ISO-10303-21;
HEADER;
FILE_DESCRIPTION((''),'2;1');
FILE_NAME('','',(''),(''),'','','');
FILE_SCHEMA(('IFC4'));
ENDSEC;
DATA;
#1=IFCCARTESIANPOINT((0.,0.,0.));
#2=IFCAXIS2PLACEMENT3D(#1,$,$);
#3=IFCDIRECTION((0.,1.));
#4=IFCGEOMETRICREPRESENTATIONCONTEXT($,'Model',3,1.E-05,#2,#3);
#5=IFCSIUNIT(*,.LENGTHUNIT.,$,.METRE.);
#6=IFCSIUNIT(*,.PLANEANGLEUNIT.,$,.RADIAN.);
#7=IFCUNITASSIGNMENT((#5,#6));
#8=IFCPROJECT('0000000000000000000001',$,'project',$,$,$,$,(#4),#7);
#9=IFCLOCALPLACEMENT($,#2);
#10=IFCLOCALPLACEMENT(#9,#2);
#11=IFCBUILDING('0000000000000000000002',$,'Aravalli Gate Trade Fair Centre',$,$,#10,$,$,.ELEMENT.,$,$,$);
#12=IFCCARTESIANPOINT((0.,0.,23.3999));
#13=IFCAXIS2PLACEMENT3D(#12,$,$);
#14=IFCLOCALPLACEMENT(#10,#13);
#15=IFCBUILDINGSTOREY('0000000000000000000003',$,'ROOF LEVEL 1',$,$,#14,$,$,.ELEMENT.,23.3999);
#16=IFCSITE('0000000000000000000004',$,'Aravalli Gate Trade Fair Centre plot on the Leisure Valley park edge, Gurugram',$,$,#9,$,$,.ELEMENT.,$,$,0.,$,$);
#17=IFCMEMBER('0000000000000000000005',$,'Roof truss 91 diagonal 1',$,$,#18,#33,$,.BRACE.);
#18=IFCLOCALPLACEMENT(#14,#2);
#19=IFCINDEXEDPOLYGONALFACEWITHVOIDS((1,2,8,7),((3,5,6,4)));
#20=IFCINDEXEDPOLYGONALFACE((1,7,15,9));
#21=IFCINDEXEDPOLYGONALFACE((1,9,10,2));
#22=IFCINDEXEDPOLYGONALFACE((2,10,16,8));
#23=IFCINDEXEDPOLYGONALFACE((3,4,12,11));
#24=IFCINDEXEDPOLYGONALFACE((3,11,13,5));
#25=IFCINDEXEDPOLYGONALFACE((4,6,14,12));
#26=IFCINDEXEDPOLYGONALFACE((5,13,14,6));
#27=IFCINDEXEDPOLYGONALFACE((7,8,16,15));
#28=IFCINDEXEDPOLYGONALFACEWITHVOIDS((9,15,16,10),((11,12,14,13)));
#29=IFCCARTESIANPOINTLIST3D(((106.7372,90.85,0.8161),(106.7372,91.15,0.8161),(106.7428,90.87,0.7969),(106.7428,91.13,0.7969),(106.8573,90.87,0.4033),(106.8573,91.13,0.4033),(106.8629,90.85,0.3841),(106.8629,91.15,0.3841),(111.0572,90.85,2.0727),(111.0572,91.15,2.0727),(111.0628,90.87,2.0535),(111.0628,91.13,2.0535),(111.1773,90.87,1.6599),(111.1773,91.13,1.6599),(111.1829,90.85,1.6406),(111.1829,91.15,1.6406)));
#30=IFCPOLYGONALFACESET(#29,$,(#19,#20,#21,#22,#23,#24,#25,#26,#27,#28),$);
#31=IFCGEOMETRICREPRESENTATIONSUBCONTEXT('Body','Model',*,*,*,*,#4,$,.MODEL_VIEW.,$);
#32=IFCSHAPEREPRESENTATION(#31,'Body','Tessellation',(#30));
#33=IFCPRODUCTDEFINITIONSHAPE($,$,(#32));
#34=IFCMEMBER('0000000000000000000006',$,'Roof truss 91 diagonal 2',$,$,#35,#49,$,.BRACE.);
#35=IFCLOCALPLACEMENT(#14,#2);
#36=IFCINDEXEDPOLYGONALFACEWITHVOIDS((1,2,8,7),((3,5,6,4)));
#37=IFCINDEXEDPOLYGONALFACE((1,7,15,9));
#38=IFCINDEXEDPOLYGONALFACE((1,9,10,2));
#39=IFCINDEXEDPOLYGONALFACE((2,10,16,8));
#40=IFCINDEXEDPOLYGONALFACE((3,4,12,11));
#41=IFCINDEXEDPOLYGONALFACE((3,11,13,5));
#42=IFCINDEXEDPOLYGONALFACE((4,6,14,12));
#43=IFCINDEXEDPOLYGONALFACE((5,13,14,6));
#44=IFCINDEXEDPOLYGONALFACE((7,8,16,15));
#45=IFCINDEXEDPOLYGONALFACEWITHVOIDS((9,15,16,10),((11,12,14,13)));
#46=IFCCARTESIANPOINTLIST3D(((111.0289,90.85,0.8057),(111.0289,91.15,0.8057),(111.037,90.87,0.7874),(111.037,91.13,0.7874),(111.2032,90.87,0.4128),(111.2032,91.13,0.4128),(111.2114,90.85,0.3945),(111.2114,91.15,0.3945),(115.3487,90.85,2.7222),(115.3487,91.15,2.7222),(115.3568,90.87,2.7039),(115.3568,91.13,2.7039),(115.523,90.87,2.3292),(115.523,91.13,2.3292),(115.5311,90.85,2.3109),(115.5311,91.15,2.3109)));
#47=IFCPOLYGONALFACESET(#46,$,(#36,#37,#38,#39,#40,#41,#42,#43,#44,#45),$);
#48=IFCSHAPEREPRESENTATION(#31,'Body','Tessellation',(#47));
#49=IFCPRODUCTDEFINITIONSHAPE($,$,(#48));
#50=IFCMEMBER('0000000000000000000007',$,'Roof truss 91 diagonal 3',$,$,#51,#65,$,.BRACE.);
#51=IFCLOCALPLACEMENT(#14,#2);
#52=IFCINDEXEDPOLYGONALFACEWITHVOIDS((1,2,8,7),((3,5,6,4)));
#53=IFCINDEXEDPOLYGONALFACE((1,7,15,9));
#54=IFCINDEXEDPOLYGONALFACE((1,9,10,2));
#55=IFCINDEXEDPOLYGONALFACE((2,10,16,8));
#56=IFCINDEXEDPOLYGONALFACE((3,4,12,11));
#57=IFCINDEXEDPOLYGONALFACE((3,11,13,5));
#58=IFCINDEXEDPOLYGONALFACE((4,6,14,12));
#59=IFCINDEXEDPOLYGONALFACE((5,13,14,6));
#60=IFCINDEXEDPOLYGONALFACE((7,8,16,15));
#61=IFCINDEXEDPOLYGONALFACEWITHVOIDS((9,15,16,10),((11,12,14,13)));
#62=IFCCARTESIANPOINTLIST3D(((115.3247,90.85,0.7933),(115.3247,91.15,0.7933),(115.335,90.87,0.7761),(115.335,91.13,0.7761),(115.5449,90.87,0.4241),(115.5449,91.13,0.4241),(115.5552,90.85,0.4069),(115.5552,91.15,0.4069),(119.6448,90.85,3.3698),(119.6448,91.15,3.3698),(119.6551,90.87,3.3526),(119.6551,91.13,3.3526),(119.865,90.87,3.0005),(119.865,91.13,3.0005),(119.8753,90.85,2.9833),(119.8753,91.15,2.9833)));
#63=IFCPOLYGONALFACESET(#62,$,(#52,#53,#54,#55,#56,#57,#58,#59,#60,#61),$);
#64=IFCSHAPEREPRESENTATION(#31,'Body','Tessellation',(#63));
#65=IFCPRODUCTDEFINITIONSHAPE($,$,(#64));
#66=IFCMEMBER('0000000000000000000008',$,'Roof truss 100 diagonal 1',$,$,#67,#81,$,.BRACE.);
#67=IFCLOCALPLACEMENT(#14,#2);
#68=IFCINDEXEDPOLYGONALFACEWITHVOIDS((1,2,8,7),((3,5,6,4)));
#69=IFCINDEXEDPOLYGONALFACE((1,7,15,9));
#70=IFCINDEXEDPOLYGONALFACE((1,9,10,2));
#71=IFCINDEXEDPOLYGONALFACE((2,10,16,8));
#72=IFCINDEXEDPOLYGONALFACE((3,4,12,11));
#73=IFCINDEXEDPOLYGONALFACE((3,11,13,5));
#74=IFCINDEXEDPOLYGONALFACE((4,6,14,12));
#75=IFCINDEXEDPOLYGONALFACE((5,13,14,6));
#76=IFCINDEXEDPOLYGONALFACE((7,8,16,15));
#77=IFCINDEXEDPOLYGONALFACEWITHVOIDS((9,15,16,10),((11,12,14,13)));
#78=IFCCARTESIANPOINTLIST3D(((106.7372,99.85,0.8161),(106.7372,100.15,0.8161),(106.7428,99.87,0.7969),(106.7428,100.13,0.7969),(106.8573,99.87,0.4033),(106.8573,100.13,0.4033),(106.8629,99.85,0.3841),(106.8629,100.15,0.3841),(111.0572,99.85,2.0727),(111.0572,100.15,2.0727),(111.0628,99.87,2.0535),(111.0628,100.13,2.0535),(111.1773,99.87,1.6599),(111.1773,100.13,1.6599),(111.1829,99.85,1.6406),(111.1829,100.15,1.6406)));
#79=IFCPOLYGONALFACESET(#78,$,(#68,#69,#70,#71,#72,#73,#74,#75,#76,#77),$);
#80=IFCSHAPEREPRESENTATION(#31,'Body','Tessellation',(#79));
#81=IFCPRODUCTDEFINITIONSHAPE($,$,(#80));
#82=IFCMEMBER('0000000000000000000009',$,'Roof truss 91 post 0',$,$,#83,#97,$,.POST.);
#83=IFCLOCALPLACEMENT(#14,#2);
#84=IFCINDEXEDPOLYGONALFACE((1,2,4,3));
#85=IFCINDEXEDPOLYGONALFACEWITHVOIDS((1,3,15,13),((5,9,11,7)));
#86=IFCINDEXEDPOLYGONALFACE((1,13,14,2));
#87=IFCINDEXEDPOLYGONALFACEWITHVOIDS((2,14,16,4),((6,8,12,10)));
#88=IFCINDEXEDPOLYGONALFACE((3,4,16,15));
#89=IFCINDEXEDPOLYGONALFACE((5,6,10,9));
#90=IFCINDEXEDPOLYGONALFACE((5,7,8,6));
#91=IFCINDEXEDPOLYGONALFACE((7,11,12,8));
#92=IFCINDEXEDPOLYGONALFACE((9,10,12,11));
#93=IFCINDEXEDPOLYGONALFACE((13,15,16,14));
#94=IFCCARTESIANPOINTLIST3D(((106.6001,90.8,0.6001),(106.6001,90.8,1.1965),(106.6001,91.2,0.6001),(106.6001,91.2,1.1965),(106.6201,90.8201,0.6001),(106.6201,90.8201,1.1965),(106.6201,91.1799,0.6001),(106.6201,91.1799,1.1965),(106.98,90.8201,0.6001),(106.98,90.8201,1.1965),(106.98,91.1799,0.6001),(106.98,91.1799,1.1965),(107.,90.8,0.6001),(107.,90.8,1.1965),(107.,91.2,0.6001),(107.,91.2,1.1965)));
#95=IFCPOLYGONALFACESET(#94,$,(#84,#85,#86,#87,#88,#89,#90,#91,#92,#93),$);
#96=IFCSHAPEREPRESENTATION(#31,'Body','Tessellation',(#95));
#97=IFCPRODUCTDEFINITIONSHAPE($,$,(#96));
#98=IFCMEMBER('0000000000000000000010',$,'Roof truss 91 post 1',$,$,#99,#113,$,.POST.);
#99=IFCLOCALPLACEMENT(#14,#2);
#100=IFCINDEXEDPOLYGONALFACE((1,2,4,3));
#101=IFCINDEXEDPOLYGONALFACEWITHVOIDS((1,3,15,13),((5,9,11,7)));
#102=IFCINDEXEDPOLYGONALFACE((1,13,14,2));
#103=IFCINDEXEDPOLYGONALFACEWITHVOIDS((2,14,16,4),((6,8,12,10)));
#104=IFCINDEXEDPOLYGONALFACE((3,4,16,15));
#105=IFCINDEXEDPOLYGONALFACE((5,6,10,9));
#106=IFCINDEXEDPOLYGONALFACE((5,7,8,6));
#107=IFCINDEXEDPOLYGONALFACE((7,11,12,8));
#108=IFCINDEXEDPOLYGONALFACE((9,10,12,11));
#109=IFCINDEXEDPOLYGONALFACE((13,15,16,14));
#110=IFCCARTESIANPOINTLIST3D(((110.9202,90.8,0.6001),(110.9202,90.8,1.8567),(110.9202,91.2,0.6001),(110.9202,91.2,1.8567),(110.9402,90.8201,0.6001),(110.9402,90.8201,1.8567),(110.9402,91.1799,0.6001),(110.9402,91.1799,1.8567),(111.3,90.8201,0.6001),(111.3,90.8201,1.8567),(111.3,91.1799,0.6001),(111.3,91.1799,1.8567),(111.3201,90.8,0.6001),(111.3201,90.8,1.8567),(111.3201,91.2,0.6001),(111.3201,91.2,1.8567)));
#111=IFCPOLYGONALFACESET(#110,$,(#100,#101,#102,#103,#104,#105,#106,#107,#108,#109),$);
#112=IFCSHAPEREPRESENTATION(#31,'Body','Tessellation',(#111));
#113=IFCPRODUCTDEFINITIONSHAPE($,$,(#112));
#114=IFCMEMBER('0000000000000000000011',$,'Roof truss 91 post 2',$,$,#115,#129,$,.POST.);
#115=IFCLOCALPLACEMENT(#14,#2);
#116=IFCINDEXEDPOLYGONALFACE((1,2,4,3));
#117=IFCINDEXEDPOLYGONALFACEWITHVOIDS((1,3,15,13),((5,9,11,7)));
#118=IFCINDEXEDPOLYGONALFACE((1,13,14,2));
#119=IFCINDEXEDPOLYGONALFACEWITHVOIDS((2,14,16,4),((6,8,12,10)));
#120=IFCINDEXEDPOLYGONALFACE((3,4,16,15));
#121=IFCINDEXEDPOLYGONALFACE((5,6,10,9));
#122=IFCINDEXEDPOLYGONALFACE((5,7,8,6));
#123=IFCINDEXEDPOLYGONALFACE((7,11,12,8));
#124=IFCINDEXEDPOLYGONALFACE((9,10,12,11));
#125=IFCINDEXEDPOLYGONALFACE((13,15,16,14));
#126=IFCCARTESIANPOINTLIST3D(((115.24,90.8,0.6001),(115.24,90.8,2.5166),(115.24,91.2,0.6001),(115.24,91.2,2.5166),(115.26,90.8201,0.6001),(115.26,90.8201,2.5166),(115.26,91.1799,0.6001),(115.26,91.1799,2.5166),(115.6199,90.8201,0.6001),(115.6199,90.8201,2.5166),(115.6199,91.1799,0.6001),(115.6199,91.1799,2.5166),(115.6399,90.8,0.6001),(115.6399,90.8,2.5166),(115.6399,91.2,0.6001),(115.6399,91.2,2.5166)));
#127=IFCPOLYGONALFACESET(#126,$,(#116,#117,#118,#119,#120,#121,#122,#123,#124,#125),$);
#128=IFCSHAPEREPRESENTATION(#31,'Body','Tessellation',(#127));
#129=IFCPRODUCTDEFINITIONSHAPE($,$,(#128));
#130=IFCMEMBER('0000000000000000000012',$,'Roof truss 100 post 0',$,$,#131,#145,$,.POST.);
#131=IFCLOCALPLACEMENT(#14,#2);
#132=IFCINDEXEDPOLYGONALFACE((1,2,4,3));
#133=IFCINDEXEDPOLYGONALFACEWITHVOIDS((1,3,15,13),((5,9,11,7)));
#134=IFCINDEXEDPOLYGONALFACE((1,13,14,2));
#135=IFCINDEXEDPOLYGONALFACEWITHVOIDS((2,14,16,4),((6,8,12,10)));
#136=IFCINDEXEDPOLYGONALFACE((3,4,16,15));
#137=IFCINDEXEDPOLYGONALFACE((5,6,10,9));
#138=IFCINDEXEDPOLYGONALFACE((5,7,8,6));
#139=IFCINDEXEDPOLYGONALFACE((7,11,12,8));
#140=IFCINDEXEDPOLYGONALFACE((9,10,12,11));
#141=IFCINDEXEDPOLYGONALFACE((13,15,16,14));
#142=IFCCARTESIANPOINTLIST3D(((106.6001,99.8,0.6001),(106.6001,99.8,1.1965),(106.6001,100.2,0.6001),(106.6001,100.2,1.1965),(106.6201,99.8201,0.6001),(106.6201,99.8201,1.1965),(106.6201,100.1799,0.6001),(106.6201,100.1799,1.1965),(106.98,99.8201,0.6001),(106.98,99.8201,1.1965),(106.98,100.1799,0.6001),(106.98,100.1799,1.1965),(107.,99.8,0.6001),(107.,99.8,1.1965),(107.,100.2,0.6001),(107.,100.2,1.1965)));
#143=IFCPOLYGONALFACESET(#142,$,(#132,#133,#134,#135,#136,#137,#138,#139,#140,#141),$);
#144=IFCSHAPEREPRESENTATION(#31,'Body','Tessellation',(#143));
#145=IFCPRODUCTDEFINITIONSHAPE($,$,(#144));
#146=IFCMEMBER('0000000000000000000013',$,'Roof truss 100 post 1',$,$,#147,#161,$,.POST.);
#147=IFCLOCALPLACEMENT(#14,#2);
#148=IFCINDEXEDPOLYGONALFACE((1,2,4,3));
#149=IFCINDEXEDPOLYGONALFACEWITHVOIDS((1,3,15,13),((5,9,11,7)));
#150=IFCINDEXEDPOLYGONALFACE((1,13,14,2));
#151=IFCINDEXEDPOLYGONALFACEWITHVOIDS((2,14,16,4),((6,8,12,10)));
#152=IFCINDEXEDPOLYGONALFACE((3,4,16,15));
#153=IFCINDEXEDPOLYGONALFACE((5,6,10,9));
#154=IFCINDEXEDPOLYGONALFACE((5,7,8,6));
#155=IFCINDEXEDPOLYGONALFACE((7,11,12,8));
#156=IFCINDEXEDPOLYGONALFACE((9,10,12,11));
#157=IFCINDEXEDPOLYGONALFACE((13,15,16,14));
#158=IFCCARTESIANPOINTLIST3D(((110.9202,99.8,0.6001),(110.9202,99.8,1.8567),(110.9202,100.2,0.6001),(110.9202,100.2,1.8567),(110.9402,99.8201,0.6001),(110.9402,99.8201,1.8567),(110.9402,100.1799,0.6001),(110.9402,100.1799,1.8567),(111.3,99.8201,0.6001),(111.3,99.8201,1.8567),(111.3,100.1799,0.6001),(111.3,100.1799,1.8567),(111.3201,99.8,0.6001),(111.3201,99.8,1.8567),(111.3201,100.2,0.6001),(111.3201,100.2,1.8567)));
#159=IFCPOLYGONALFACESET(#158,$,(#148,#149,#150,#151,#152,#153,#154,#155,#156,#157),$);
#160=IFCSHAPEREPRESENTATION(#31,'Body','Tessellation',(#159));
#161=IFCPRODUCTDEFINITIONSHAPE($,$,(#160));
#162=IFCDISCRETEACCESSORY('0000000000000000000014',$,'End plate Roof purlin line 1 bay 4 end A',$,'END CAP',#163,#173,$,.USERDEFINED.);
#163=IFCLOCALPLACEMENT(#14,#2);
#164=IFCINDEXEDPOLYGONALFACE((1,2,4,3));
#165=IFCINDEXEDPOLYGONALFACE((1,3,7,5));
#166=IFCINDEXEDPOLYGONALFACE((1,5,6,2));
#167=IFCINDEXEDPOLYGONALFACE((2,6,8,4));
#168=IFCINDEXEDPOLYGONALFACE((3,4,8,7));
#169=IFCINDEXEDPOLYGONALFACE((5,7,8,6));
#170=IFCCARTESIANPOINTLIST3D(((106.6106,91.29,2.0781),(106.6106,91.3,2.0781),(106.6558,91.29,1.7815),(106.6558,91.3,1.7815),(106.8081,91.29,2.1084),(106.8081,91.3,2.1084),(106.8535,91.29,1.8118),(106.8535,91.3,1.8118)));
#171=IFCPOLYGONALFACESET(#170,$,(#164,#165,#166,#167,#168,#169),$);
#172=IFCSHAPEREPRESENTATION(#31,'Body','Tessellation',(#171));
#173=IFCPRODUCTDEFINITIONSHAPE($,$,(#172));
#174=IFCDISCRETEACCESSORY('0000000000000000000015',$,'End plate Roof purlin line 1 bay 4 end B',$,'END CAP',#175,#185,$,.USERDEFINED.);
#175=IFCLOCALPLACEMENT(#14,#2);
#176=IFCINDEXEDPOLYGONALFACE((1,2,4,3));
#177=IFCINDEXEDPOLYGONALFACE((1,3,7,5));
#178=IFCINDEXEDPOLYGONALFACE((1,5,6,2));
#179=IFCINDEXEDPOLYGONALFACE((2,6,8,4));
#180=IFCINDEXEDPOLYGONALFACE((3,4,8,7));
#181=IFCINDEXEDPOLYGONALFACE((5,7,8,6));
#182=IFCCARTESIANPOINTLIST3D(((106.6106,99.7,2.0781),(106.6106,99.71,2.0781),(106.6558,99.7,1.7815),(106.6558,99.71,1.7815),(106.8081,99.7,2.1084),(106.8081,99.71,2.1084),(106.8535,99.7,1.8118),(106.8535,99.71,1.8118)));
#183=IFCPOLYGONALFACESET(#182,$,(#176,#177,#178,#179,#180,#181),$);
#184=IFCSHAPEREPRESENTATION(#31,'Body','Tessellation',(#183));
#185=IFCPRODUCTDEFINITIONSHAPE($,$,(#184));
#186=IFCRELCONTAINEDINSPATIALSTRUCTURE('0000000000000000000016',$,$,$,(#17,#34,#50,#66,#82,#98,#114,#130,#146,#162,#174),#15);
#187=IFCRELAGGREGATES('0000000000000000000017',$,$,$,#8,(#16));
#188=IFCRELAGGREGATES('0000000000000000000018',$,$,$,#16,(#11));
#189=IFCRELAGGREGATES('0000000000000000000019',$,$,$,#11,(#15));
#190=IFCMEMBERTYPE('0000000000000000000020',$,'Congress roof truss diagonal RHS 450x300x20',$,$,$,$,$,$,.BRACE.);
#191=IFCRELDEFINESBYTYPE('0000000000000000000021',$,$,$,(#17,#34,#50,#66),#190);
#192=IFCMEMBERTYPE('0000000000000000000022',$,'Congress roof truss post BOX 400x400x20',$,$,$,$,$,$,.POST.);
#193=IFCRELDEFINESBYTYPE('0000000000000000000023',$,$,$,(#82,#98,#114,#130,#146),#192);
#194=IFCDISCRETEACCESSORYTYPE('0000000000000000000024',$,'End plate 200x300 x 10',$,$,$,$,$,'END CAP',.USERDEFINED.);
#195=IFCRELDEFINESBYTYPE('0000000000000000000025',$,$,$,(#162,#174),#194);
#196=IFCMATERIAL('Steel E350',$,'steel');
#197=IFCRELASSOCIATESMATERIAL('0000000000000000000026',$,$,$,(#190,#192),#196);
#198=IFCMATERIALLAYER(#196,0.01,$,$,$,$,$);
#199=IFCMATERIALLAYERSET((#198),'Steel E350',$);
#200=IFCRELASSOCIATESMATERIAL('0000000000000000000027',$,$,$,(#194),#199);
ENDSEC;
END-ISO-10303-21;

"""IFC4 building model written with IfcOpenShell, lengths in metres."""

from ifc_helpers import new_model, si_unit, direction, frame, origin, origin_2d, place, context, subcontext, project, spatial, polyline, hollow_rectangle, outline, extrude, material, layer, layer_set, material_profile, profile_set, type_object, element, save


model = new_model("IFC4")

# Units and contexts
model_context = context("Model", 3, precision=1e-05, world=origin(), true_north=direction((0.0, 1.0)))
body_context = subcontext(model_context, "Body", "Model", "MODEL_VIEW")
ifc_project = project(units=[si_unit("LENGTHUNIT", "METRE"), si_unit("PLANEANGLEUNIT", "RADIAN")], contexts=[model_context])

# Site, building, storey
site_placement = place(None, origin())
site = spatial("IfcSite", under=ifc_project, at=site_placement, Name="Aravalli Gate Trade Fair Centre plot on the Leisure Valley park edge, Gurugram", CompositionType="ELEMENT", RefElevation=0.0)
building_placement = place(site_placement, origin())
building = spatial("IfcBuilding", under=site, at=building_placement, Name="Aravalli Gate Trade Fair Centre", CompositionType="ELEMENT")
storey_placement = place(building_placement, frame((0.0, 0.0, 23.3999)))
storey = spatial("IfcBuildingStorey", under=building, at=storey_placement, Name="ROOF LEVEL 1", CompositionType="ELEMENT", Elevation=23.3999)

# Members
ifc_material = material(Name="Steel E350", Category="steel")
ifc_material_profile_1 = material_profile(ifc_material, hollow_rectangle(XDim=0.3, YDim=0.45, WallThickness=0.02, at=origin_2d()), Name="RHS 450x300x20")
ifc_profile_set_1 = profile_set([ifc_material_profile_1], Name="Steel E350")
member_type_1 = type_object("IfcMemberType", Name="Congress roof truss diagonal RHS 450x300x20", PredefinedType="BRACE", material=ifc_profile_set_1)
member_1_placement = place(storey_placement, frame((106.8, 91.0, 0.6001), z_axis=(0.960205, 0.0, 0.279298), x_axis=(0.0, 1.0, 0.0)))
element("IfcMember", 1, at=member_1_placement, inside=storey, type_object=member_type_1, Name="Roof truss 91 diagonal 1", PredefinedType="BRACE", context=body_context, shape_type="SweptSolid", body=[
    extrude(hollow_rectangle(XDim=0.3, YDim=0.45, WallThickness=0.02, at=origin_2d()), origin(), (0.0, 0.0, 1.0), 4.499),
])
member_2_placement = place(storey_placement, frame((111.1201, 91.0, 0.6001), z_axis=(0.91408, 0.0, 0.405534), x_axis=(0.0, 1.0, 0.0)))
element("IfcMember", 2, at=member_2_placement, inside=storey, type_object=member_type_1, Name="Roof truss 91 diagonal 2", PredefinedType="BRACE", context=body_context, shape_type="SweptSolid", body=[
    extrude(hollow_rectangle(XDim=0.3, YDim=0.45, WallThickness=0.02, at=origin_2d()), origin(), (0.0, 0.0, 1.0), 4.7258),
])
member_3_placement = place(storey_placement, frame((115.4399, 91.0, 0.6001), z_axis=(0.85886, 0.0, 0.51221), x_axis=(0.0, 1.0, 0.0)))
element("IfcMember", 3, at=member_3_placement, inside=storey, type_object=member_type_1, Name="Roof truss 91 diagonal 3", PredefinedType="BRACE", context=body_context, shape_type="SweptSolid", body=[
    extrude(hollow_rectangle(XDim=0.3, YDim=0.45, WallThickness=0.02, at=origin_2d()), origin(), (0.0, 0.0, 1.0), 5.03),
])
member_4_placement = place(storey_placement, frame((106.8, 100.0, 0.6001), z_axis=(0.960205, 0.0, 0.279298), x_axis=(0.0, 1.0, 0.0)))
element("IfcMember", 4, at=member_4_placement, inside=storey, type_object=member_type_1, Name="Roof truss 100 diagonal 1", PredefinedType="BRACE", context=body_context, shape_type="SweptSolid", body=[
    extrude(hollow_rectangle(XDim=0.3, YDim=0.45, WallThickness=0.02, at=origin_2d()), origin(), (0.0, 0.0, 1.0), 4.499),
])
ifc_material_profile_2 = material_profile(ifc_material, hollow_rectangle(XDim=0.3999, YDim=0.3999, WallThickness=0.02, at=origin_2d()), Name="BOX 400x400x20")
ifc_profile_set_2 = profile_set([ifc_material_profile_2], Name="Steel E350")
member_type_2 = type_object("IfcMemberType", Name="Congress roof truss post BOX 400x400x20", PredefinedType="POST", material=ifc_profile_set_2)
member_5_placement = place(storey_placement, frame((106.8, 91.0, 0.6001), z_axis=(0.0, 0.0, 1.0), x_axis=(1.0, 0.0, 0.0)))
element("IfcMember", 5, at=member_5_placement, inside=storey, type_object=member_type_2, Name="Roof truss 91 post 0", PredefinedType="POST", context=body_context, shape_type="SweptSolid", body=[
    extrude(hollow_rectangle(XDim=0.3999, YDim=0.3999, WallThickness=0.02, at=origin_2d()), origin(), (0.0, 0.0, 1.0), 0.5964),
])
member_6_placement = place(storey_placement, frame((111.1201, 91.0, 0.6001), z_axis=(0.0, 0.0, 1.0), x_axis=(1.0, 0.0, 0.0)))
element("IfcMember", 6, at=member_6_placement, inside=storey, type_object=member_type_2, Name="Roof truss 91 post 1", PredefinedType="POST", context=body_context, shape_type="SweptSolid", body=[
    extrude(hollow_rectangle(XDim=0.3999, YDim=0.3999, WallThickness=0.02, at=origin_2d()), origin(), (0.0, 0.0, 1.0), 1.2566),
])
member_7_placement = place(storey_placement, frame((115.4399, 91.0, 0.6001), z_axis=(0.0, 0.0, 1.0), x_axis=(1.0, 0.0, 0.0)))
element("IfcMember", 7, at=member_7_placement, inside=storey, type_object=member_type_2, Name="Roof truss 91 post 2", PredefinedType="POST", context=body_context, shape_type="SweptSolid", body=[
    extrude(hollow_rectangle(XDim=0.3999, YDim=0.3999, WallThickness=0.02, at=origin_2d()), origin(), (0.0, 0.0, 1.0), 1.9165),
])
member_8_placement = place(storey_placement, frame((106.8, 100.0, 0.6001), z_axis=(0.0, 0.0, 1.0), x_axis=(1.0, 0.0, 0.0)))
element("IfcMember", 8, at=member_8_placement, inside=storey, type_object=member_type_2, Name="Roof truss 100 post 0", PredefinedType="POST", context=body_context, shape_type="SweptSolid", body=[
    extrude(hollow_rectangle(XDim=0.3999, YDim=0.3999, WallThickness=0.02, at=origin_2d()), origin(), (0.0, 0.0, 1.0), 0.5964),
])
member_9_placement = place(storey_placement, frame((111.1201, 100.0, 0.6001), z_axis=(0.0, 0.0, 1.0), x_axis=(1.0, 0.0, 0.0)))
element("IfcMember", 9, at=member_9_placement, inside=storey, type_object=member_type_2, Name="Roof truss 100 post 1", PredefinedType="POST", context=body_context, shape_type="SweptSolid", body=[
    extrude(hollow_rectangle(XDim=0.3999, YDim=0.3999, WallThickness=0.02, at=origin_2d()), origin(), (0.0, 0.0, 1.0), 1.2566),
])

# Discrete accessories
ifc_layer_1 = layer(ifc_material, 0.01)
ifc_layer_set_1 = layer_set([ifc_layer_1], Name="Steel E350")
discrete_accessory_type_1 = type_object("IfcDiscreteAccessoryType", Name="End plate 200x300 x 10", ElementType="END CAP", PredefinedType="USERDEFINED", material=ifc_layer_set_1)
for number, where, z_axis, x_axis, name in (
    (10, (106.8535, 91.3, 1.8118), (0.0, 1.0, 0.0), (-0.988484, 0.0, -0.151324), "End plate Roof purlin line 1 bay 4 end A"),
    (11, (106.8535, 99.71, 1.8118), (0.0, 1.0, 0.0), (-0.988484, 0.0, -0.151324), "End plate Roof purlin line 1 bay 4 end B"),
):
    element("IfcDiscreteAccessory", number, at=place(storey_placement, frame(where, z_axis=z_axis, x_axis=x_axis)), inside=storey, type_object=discrete_accessory_type_1, Name=name, ObjectType="END CAP", PredefinedType="USERDEFINED", context=body_context, shape_type="SweptSolid", body=[
        extrude(outline(polyline([(0.0, 0.0), (0.2001, 0.0), (0.1998, 0.3), (0.0, 0.3001), (0.0, 0.0)])), origin(), (0.0, 0.0, -1.0), 0.01),
    ])

save(model, "model.ifc")
